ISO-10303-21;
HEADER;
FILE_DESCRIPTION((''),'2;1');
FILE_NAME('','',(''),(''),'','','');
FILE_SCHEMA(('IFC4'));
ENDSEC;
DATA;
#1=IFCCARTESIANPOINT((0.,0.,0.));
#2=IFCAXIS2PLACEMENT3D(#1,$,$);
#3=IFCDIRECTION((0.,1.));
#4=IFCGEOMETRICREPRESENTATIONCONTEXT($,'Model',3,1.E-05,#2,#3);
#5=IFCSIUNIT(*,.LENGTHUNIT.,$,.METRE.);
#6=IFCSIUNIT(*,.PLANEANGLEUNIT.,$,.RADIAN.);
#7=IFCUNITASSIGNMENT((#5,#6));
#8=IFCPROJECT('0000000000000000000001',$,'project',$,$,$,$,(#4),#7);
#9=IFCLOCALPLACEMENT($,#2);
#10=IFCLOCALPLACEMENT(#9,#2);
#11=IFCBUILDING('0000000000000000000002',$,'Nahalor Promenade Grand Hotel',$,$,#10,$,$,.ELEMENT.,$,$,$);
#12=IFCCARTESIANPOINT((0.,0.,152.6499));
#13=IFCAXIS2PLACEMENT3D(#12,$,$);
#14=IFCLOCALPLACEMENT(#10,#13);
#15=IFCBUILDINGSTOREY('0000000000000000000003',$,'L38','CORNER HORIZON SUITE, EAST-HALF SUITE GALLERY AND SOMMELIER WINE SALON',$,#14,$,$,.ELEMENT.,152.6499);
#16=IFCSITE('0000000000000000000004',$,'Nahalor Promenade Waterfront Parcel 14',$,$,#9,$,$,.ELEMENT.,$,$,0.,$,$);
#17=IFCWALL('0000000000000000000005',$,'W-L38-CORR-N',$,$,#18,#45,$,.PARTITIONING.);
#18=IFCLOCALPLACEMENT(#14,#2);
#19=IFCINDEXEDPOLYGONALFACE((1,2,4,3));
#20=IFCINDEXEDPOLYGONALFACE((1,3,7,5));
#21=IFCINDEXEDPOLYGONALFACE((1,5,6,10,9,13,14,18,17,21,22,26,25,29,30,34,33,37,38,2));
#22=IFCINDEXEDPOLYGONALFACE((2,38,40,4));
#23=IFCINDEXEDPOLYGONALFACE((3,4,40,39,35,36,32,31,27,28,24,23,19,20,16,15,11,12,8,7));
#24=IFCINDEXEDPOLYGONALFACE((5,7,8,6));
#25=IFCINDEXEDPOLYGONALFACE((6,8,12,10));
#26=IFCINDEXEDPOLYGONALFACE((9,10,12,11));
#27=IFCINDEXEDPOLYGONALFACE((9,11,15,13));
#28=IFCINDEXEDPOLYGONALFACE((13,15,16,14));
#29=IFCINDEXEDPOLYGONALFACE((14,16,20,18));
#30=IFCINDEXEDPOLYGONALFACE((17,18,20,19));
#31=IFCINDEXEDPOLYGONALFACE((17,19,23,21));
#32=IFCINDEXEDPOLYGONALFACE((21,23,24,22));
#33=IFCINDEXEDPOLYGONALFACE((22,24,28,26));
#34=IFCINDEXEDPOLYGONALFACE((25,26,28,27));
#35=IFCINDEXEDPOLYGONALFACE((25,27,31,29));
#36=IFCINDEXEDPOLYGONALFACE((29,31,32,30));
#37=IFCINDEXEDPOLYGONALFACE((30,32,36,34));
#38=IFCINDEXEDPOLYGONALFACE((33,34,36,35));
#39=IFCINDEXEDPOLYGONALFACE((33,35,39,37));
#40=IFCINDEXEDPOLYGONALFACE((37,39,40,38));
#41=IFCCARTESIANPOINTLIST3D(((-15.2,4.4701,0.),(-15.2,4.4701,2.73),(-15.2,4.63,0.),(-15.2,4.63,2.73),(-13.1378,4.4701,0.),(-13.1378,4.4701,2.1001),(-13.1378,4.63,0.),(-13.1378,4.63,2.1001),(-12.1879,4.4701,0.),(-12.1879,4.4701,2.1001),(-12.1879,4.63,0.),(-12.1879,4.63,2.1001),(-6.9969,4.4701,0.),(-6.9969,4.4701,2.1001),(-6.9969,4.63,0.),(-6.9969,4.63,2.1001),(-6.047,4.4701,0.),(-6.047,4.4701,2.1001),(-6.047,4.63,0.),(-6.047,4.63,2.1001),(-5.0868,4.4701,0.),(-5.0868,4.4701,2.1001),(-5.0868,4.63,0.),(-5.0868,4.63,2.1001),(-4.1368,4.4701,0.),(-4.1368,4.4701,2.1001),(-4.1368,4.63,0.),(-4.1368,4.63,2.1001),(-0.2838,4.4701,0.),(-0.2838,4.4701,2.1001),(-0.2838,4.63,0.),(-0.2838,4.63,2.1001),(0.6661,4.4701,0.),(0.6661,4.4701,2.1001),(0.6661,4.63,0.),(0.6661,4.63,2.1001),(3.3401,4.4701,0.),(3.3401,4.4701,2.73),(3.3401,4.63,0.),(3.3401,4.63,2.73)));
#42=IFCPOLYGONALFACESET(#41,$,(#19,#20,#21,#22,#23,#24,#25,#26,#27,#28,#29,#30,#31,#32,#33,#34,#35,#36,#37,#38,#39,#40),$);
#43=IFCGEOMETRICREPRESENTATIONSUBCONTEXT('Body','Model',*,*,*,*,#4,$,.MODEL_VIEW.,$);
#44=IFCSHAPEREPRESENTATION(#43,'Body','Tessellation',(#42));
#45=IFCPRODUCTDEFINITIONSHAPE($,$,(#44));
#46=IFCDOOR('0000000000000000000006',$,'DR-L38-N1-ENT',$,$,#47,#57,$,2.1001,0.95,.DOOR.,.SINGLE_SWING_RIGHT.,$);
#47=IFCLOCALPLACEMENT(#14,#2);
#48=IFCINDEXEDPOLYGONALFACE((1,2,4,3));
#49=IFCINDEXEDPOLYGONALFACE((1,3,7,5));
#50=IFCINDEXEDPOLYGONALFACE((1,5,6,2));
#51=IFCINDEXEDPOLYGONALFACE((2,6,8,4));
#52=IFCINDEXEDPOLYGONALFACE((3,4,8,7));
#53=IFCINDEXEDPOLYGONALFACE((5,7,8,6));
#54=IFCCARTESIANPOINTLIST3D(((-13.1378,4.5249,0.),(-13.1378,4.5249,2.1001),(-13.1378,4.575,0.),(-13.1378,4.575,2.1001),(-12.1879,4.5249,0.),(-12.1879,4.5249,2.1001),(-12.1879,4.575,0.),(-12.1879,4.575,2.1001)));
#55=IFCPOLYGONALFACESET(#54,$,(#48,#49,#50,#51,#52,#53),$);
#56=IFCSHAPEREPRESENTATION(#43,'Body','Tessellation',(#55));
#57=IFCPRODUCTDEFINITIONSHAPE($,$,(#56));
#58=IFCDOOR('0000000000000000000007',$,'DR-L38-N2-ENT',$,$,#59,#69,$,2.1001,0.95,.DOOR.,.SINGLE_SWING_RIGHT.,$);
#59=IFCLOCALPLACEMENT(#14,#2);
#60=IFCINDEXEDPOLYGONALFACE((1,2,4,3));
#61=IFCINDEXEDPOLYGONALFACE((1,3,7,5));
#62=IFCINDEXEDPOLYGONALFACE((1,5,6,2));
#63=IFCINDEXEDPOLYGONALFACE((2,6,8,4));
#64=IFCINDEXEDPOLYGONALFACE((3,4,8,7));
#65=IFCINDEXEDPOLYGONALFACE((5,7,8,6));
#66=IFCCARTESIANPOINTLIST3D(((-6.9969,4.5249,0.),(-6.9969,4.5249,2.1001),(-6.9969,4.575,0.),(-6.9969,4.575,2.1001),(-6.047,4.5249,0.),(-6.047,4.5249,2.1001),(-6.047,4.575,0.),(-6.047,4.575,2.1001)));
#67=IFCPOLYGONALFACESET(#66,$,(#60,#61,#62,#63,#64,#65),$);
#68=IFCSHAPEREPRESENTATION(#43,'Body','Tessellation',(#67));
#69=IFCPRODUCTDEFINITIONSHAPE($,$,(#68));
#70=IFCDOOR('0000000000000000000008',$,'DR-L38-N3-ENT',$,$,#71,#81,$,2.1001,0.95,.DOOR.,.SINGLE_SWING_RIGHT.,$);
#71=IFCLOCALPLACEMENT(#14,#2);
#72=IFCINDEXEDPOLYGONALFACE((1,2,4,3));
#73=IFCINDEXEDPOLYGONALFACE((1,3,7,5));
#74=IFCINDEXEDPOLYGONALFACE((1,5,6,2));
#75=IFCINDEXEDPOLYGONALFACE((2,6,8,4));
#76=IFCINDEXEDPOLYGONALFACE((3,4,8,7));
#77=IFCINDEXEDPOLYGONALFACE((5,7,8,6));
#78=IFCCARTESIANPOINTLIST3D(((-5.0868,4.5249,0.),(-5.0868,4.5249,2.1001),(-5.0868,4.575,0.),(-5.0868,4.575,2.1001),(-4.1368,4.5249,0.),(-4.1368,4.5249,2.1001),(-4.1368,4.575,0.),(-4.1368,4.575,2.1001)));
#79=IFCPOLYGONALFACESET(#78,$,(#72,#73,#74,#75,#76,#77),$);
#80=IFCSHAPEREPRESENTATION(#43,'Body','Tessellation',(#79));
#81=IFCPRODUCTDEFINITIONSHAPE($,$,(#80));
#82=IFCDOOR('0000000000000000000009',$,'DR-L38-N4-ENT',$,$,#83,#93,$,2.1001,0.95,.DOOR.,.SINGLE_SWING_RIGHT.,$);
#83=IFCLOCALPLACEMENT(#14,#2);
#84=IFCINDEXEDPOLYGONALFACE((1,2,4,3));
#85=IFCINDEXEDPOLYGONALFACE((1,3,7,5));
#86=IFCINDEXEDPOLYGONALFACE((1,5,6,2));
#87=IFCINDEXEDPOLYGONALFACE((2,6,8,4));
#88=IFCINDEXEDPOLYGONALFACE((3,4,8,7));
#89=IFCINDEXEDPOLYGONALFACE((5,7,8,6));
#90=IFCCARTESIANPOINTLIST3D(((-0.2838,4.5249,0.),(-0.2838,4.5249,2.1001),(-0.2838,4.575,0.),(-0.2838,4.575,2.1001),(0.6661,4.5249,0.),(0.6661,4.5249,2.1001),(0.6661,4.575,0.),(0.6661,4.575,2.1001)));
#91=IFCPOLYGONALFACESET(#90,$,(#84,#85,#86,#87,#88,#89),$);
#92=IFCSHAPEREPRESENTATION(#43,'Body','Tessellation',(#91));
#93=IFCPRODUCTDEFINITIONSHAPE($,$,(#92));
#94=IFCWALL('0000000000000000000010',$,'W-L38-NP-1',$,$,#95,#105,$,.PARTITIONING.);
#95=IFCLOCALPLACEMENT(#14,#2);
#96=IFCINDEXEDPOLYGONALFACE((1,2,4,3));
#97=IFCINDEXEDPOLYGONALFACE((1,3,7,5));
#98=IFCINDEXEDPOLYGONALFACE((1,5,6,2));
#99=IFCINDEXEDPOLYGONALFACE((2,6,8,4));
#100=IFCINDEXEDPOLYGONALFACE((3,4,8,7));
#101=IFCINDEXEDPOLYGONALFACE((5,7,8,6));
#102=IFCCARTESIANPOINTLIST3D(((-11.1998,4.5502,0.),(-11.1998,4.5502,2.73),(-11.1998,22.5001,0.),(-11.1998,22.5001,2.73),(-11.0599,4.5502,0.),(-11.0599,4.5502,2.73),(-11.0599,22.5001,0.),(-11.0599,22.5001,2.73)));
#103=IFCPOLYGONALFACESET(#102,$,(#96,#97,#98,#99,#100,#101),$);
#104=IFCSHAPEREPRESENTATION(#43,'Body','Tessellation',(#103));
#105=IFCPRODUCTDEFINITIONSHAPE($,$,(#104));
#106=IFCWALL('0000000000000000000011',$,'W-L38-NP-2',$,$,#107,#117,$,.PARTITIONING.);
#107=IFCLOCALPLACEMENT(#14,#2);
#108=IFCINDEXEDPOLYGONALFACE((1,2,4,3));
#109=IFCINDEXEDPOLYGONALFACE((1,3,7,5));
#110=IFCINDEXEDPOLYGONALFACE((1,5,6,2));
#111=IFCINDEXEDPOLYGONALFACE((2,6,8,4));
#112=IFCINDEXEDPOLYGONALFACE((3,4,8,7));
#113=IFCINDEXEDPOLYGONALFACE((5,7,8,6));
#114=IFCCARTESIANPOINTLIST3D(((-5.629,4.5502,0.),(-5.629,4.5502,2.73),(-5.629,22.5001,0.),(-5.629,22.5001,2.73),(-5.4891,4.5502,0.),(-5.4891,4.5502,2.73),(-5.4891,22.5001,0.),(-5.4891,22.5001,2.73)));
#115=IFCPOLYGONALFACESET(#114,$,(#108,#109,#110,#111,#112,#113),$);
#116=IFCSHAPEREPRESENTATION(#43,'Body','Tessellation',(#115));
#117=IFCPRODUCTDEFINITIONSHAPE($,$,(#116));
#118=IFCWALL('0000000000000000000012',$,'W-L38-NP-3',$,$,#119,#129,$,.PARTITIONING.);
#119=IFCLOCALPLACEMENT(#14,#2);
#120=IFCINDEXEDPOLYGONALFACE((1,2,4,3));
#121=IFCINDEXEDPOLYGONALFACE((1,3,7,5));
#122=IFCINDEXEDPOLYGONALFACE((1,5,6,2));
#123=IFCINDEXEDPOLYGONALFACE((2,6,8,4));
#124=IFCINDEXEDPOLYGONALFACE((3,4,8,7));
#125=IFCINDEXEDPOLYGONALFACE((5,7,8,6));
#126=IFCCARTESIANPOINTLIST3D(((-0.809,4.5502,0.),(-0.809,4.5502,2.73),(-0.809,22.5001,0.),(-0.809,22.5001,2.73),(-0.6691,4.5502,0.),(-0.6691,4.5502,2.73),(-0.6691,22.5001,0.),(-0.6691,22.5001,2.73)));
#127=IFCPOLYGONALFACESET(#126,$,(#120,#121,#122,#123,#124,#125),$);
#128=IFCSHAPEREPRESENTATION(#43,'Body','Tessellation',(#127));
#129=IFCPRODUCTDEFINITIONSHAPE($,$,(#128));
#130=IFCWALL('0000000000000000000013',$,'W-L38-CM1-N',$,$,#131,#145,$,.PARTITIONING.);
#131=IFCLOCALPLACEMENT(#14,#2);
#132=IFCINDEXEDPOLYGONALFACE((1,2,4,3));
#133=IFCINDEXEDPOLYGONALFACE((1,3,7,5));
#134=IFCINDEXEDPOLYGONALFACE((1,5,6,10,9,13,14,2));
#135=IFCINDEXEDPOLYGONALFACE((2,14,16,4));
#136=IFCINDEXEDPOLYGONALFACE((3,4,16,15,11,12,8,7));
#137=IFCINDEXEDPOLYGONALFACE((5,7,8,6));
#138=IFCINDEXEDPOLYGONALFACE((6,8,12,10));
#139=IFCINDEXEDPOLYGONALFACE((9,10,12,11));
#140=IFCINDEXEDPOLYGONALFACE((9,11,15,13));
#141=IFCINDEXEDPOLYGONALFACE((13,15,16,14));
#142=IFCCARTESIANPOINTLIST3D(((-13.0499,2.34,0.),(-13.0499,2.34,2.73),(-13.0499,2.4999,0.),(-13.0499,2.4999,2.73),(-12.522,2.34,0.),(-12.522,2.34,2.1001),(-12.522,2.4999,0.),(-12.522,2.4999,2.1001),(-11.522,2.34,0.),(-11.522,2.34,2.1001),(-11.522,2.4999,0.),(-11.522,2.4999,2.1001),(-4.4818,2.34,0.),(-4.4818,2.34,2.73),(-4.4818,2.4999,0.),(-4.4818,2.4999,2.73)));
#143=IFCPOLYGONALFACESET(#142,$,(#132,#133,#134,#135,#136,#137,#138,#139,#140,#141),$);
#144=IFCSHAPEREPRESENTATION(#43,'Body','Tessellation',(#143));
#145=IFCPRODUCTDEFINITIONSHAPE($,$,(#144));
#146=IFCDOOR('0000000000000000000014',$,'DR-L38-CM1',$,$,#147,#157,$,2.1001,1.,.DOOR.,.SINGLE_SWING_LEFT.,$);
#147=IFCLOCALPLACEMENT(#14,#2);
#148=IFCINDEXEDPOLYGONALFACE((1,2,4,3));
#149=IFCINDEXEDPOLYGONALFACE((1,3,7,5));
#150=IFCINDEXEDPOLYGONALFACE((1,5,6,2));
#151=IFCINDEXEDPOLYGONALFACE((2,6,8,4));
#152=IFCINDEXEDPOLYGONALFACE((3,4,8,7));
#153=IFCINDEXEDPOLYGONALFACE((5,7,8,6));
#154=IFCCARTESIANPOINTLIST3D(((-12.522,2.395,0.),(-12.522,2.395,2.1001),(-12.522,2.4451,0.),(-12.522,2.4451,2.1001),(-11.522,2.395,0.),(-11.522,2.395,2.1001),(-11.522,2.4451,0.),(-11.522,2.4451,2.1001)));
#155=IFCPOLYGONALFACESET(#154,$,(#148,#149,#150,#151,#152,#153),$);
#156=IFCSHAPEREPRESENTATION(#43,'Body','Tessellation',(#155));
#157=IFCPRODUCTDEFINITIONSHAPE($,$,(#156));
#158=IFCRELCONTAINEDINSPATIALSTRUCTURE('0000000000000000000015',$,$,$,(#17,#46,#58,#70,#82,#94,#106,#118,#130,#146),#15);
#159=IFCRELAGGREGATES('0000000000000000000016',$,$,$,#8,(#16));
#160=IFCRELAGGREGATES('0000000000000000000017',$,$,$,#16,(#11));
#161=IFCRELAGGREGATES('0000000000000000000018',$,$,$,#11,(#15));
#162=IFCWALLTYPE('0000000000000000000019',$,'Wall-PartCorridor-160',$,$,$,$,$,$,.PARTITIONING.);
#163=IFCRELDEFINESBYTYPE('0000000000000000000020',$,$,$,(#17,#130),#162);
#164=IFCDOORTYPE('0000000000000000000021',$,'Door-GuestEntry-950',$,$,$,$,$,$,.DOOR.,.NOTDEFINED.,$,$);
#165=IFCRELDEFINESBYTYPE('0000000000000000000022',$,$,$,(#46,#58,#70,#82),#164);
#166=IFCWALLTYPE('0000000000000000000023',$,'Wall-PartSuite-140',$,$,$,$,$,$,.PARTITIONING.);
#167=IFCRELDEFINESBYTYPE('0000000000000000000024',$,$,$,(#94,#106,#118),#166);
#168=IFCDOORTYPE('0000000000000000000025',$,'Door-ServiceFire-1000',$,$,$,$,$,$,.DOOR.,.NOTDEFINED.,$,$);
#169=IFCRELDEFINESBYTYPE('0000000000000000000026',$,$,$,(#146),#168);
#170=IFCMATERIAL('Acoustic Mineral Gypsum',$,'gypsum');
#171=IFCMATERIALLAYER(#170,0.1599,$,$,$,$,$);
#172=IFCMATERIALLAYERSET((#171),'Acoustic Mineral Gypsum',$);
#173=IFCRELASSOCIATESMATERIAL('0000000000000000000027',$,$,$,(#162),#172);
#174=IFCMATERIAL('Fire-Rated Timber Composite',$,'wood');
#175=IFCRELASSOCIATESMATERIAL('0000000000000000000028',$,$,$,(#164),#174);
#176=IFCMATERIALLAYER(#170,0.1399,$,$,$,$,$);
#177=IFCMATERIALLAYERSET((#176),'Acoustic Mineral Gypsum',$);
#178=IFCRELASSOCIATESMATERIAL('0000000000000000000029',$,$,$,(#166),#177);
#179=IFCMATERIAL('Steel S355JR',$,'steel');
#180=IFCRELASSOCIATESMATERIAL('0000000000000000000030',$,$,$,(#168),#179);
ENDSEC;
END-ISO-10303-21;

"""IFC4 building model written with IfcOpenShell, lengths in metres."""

from ifc_helpers import new_model, si_unit, direction, frame, frame_2d, origin, place, context, subcontext, project, spatial, rectangle, extrude, source, transform, mapped, material, layer, layer_set, type_object, element, fill, save


model = new_model("IFC4")

# Units and contexts
model_context = context("Model", 3, precision=1e-05, world=origin(), true_north=direction((0.0, 1.0)))
body_context = subcontext(model_context, "Body", "Model", "MODEL_VIEW")
ifc_project = project(units=[si_unit("LENGTHUNIT", "METRE"), si_unit("PLANEANGLEUNIT", "RADIAN")], contexts=[model_context])

# Site, building, storey
site_placement = place(None, origin())
site = spatial("IfcSite", under=ifc_project, at=site_placement, Name="Nahalor Promenade Waterfront Parcel 14", CompositionType="ELEMENT", RefElevation=0.0)
building_placement = place(site_placement, origin())
building = spatial("IfcBuilding", under=site, at=building_placement, Name="Nahalor Promenade Grand Hotel", CompositionType="ELEMENT")
storey_placement = place(building_placement, frame((0.0, 0.0, 152.6499)))
storey = spatial("IfcBuildingStorey", under=building, at=storey_placement, Name="L38", Description="CORNER HORIZON SUITE, EAST-HALF SUITE GALLERY AND SOMMELIER WINE SALON", CompositionType="ELEMENT", Elevation=152.6499)

# Shared definitions
ifc_material_1 = material(Name="Steel S355JR", Category="steel")

# Shared definitions
ifc_material_2 = material(Name="Acoustic Mineral Gypsum", Category="gypsum")
ifc_layer_1 = layer(ifc_material_2, 0.1599)
ifc_layer_set_1 = layer_set([ifc_layer_1], Name="Acoustic Mineral Gypsum")
wall_type_1 = type_object("IfcWallType", Name="Wall-PartCorridor-160", PredefinedType="PARTITIONING", material=ifc_layer_set_1)
ifc_material_3 = material(Name="Fire-Rated Timber Composite", Category="wood")
door_type_1 = type_object("IfcDoorType", Name="Door-GuestEntry-950", OperationType="NOTDEFINED", PredefinedType="DOOR", material=ifc_material_3)
shared_shape_1 = source(origin(), body_context, "Body", "SweptSolid", [
    extrude(rectangle(XDim=0.95, YDim=2.1001, at=frame_2d((0.4751, 1.05))), frame((0.0, 0.0249, 0.0), z_axis=(0.0, -1.0, 0.0), x_axis=(1.0, 0.0, 0.0)), (0.0, 0.0, 1.0), 0.05),
])

# Wall, openings, doors
shared_shape_2 = source(origin(), body_context, "Body", "SweptSolid", [
    extrude(rectangle(XDim=18.54, YDim=0.1599, at=frame_2d((9.27, 0.0))), origin(), (0.0, 0.0, 1.0), 2.73),
])
wall_1_placement = place(storey_placement, frame((-15.2, 4.55, 0.0), z_axis=(0.0, 0.0, 1.0), x_axis=(1.0, 0.0, 0.0)))
wall_1 = element("IfcWall", 1, at=wall_1_placement, inside=storey, type_object=wall_type_1, Name="W-L38-CORR-N", PredefinedType="PARTITIONING", context=body_context, shape_type="MappedRepresentation", body=[
    mapped(shared_shape_2, transform((0.0, 0.0, 0.0), scale=1.0)),
])
opening_1_placement = place(wall_1_placement, frame((2.062, 0.0, 0.0)))
opening_1 = element("IfcOpeningElement", 2, at=opening_1_placement, cuts=wall_1, PredefinedType="OPENING", context=body_context, shape_type="SweptSolid", body=[
    extrude(rectangle(XDim=0.95, YDim=2.1001, at=frame_2d((0.4751, 1.05))), frame((0.0, 0.0898, 0.0), z_axis=(0.0, -1.0, 0.0), x_axis=(1.0, 0.0, 0.0)), (0.0, 0.0, 1.0), 0.1799),
])
opening_2_placement = place(wall_1_placement, frame((8.2029, 0.0, 0.0)))
opening_2 = element("IfcOpeningElement", 3, at=opening_2_placement, cuts=wall_1, PredefinedType="OPENING", context=body_context, shape_type="SweptSolid", body=[
    extrude(rectangle(XDim=0.95, YDim=2.1001, at=frame_2d((0.4751, 1.05))), frame((0.0, 0.0898, 0.0), z_axis=(0.0, -1.0, 0.0), x_axis=(1.0, 0.0, 0.0)), (0.0, 0.0, 1.0), 0.1799),
])
opening_3_placement = place(wall_1_placement, frame((10.113, 0.0, 0.0)))
opening_3 = element("IfcOpeningElement", 4, at=opening_3_placement, cuts=wall_1, PredefinedType="OPENING", context=body_context, shape_type="SweptSolid", body=[
    extrude(rectangle(XDim=0.95, YDim=2.1001, at=frame_2d((0.4751, 1.05))), frame((0.0, 0.0898, 0.0), z_axis=(0.0, -1.0, 0.0), x_axis=(1.0, 0.0, 0.0)), (0.0, 0.0, 1.0), 0.1799),
])
opening_4_placement = place(wall_1_placement, frame((14.916, 0.0, 0.0)))
opening_4 = element("IfcOpeningElement", 5, at=opening_4_placement, cuts=wall_1, PredefinedType="OPENING", context=body_context, shape_type="SweptSolid", body=[
    extrude(rectangle(XDim=0.95, YDim=2.1001, at=frame_2d((0.4751, 1.05))), frame((0.0, 0.0898, 0.0), z_axis=(0.0, -1.0, 0.0), x_axis=(1.0, 0.0, 0.0)), (0.0, 0.0, 1.0), 0.1799),
])
door_1_placement = place(opening_1_placement, origin())
door_1 = element("IfcDoor", 6, at=door_1_placement, inside=storey, type_object=door_type_1, Name="DR-L38-N1-ENT", OperationType="SINGLE_SWING_RIGHT", OverallHeight=2.1001, OverallWidth=0.95, PredefinedType="DOOR", context=body_context, shape_type="MappedRepresentation", body=[
    mapped(shared_shape_1, transform((0.0, 0.0, 0.0), scale=1.0)),
])
fill(opening_1, door_1)
door_2_placement = place(opening_2_placement, origin())
door_2 = element("IfcDoor", 7, at=door_2_placement, inside=storey, type_object=door_type_1, Name="DR-L38-N2-ENT", OperationType="SINGLE_SWING_RIGHT", OverallHeight=2.1001, OverallWidth=0.95, PredefinedType="DOOR", context=body_context, shape_type="MappedRepresentation", body=[
    mapped(shared_shape_1, transform((0.0, 0.0, 0.0), scale=1.0)),
])
fill(opening_2, door_2)
door_3_placement = place(opening_3_placement, origin())
door_3 = element("IfcDoor", 8, at=door_3_placement, inside=storey, type_object=door_type_1, Name="DR-L38-N3-ENT", OperationType="SINGLE_SWING_RIGHT", OverallHeight=2.1001, OverallWidth=0.95, PredefinedType="DOOR", context=body_context, shape_type="MappedRepresentation", body=[
    mapped(shared_shape_1, transform((0.0, 0.0, 0.0), scale=1.0)),
])
fill(opening_3, door_3)
door_4_placement = place(opening_4_placement, origin())
door_4 = element("IfcDoor", 9, at=door_4_placement, inside=storey, type_object=door_type_1, Name="DR-L38-N4-ENT", OperationType="SINGLE_SWING_RIGHT", OverallHeight=2.1001, OverallWidth=0.95, PredefinedType="DOOR", context=body_context, shape_type="MappedRepresentation", body=[
    mapped(shared_shape_1, transform((0.0, 0.0, 0.0), scale=1.0)),
])
fill(opening_4, door_4)

# Walls
ifc_layer_2 = layer(ifc_material_2, 0.1399)
ifc_layer_set_2 = layer_set([ifc_layer_2], Name="Acoustic Mineral Gypsum")
wall_type_2 = type_object("IfcWallType", Name="Wall-PartSuite-140", PredefinedType="PARTITIONING", material=ifc_layer_set_2)
shared_shape_3 = source(origin(), body_context, "Body", "SweptSolid", [
    extrude(rectangle(XDim=17.95, YDim=0.1399, at=frame_2d((8.9751, 0.0))), origin(), (0.0, 0.0, 1.0), 2.73),
])
for number, where, z_axis, x_axis, name in (
    (10, (-11.1299, 4.55, 0.0), (0.0, 0.0, 1.0), (0.0, 1.0, 0.0), "W-L38-NP-1"),
    (11, (-5.5591, 4.55, 0.0), (0.0, 0.0, 1.0), (0.0, 1.0, 0.0), "W-L38-NP-2"),
    (12, (-0.739, 4.55, 0.0), (0.0, 0.0, 1.0), (0.0, 1.0, 0.0), "W-L38-NP-3"),
):
    element("IfcWall", number, at=place(storey_placement, frame(where, z_axis=z_axis, x_axis=x_axis)), inside=storey, type_object=wall_type_2, Name=name, PredefinedType="PARTITIONING", context=body_context, shape_type="MappedRepresentation", body=[
        mapped(shared_shape_3, transform((0.0, 0.0, 0.0), scale=1.0)),
    ])

# Wall, opening, door
shared_shape_4 = source(origin(), body_context, "Body", "SweptSolid", [
    extrude(rectangle(XDim=8.5681, YDim=0.1599, at=frame_2d((4.2842, 0.0))), origin(), (0.0, 0.0, 1.0), 2.73),
])
wall_2_placement = place(storey_placement, frame((-13.05, 2.4199, 0.0), z_axis=(0.0, 0.0, 1.0), x_axis=(1.0, 0.0, 0.0)))
wall_2 = element("IfcWall", 13, at=wall_2_placement, inside=storey, type_object=wall_type_1, Name="W-L38-CM1-N", PredefinedType="PARTITIONING", context=body_context, shape_type="MappedRepresentation", body=[
    mapped(shared_shape_4, transform((0.0, 0.0, 0.0), scale=1.0)),
])
opening_5_placement = place(wall_2_placement, frame((0.5281, 0.0, 0.0)))
opening_5 = element("IfcOpeningElement", 14, at=opening_5_placement, cuts=wall_2, PredefinedType="OPENING", context=body_context, shape_type="SweptSolid", body=[
    extrude(rectangle(XDim=1.0, YDim=2.1001, at=frame_2d((0.5, 1.05))), frame((0.0, 0.0898, 0.0), z_axis=(0.0, -1.0, 0.0), x_axis=(1.0, 0.0, 0.0)), (0.0, 0.0, 1.0), 0.1799),
])
door_type_2 = type_object("IfcDoorType", Name="Door-ServiceFire-1000", OperationType="NOTDEFINED", PredefinedType="DOOR", material=ifc_material_1)
shared_shape_5 = source(origin(), body_context, "Body", "SweptSolid", [
    extrude(rectangle(XDim=1.0, YDim=2.1001, at=frame_2d((0.5, 1.05))), frame((0.0, 0.0249, 0.0), z_axis=(0.0, -1.0, 0.0), x_axis=(1.0, 0.0, 0.0)), (0.0, 0.0, 1.0), 0.05),
])
door_5_placement = place(opening_5_placement, frame((1.0, 0.0, 0.0), z_axis=(0.0, 0.0, 1.0), x_axis=(-1.0, 0.0, 0.0)))
door_5 = element("IfcDoor", 15, at=door_5_placement, inside=storey, type_object=door_type_2, Name="DR-L38-CM1", OperationType="SINGLE_SWING_LEFT", OverallHeight=2.1001, OverallWidth=1.0, PredefinedType="DOOR", context=body_context, shape_type="MappedRepresentation", body=[
    mapped(shared_shape_5, transform((0.0, 0.0, 0.0), scale=1.0)),
])
fill(opening_5, door_5)

save(model, "model.ifc")
